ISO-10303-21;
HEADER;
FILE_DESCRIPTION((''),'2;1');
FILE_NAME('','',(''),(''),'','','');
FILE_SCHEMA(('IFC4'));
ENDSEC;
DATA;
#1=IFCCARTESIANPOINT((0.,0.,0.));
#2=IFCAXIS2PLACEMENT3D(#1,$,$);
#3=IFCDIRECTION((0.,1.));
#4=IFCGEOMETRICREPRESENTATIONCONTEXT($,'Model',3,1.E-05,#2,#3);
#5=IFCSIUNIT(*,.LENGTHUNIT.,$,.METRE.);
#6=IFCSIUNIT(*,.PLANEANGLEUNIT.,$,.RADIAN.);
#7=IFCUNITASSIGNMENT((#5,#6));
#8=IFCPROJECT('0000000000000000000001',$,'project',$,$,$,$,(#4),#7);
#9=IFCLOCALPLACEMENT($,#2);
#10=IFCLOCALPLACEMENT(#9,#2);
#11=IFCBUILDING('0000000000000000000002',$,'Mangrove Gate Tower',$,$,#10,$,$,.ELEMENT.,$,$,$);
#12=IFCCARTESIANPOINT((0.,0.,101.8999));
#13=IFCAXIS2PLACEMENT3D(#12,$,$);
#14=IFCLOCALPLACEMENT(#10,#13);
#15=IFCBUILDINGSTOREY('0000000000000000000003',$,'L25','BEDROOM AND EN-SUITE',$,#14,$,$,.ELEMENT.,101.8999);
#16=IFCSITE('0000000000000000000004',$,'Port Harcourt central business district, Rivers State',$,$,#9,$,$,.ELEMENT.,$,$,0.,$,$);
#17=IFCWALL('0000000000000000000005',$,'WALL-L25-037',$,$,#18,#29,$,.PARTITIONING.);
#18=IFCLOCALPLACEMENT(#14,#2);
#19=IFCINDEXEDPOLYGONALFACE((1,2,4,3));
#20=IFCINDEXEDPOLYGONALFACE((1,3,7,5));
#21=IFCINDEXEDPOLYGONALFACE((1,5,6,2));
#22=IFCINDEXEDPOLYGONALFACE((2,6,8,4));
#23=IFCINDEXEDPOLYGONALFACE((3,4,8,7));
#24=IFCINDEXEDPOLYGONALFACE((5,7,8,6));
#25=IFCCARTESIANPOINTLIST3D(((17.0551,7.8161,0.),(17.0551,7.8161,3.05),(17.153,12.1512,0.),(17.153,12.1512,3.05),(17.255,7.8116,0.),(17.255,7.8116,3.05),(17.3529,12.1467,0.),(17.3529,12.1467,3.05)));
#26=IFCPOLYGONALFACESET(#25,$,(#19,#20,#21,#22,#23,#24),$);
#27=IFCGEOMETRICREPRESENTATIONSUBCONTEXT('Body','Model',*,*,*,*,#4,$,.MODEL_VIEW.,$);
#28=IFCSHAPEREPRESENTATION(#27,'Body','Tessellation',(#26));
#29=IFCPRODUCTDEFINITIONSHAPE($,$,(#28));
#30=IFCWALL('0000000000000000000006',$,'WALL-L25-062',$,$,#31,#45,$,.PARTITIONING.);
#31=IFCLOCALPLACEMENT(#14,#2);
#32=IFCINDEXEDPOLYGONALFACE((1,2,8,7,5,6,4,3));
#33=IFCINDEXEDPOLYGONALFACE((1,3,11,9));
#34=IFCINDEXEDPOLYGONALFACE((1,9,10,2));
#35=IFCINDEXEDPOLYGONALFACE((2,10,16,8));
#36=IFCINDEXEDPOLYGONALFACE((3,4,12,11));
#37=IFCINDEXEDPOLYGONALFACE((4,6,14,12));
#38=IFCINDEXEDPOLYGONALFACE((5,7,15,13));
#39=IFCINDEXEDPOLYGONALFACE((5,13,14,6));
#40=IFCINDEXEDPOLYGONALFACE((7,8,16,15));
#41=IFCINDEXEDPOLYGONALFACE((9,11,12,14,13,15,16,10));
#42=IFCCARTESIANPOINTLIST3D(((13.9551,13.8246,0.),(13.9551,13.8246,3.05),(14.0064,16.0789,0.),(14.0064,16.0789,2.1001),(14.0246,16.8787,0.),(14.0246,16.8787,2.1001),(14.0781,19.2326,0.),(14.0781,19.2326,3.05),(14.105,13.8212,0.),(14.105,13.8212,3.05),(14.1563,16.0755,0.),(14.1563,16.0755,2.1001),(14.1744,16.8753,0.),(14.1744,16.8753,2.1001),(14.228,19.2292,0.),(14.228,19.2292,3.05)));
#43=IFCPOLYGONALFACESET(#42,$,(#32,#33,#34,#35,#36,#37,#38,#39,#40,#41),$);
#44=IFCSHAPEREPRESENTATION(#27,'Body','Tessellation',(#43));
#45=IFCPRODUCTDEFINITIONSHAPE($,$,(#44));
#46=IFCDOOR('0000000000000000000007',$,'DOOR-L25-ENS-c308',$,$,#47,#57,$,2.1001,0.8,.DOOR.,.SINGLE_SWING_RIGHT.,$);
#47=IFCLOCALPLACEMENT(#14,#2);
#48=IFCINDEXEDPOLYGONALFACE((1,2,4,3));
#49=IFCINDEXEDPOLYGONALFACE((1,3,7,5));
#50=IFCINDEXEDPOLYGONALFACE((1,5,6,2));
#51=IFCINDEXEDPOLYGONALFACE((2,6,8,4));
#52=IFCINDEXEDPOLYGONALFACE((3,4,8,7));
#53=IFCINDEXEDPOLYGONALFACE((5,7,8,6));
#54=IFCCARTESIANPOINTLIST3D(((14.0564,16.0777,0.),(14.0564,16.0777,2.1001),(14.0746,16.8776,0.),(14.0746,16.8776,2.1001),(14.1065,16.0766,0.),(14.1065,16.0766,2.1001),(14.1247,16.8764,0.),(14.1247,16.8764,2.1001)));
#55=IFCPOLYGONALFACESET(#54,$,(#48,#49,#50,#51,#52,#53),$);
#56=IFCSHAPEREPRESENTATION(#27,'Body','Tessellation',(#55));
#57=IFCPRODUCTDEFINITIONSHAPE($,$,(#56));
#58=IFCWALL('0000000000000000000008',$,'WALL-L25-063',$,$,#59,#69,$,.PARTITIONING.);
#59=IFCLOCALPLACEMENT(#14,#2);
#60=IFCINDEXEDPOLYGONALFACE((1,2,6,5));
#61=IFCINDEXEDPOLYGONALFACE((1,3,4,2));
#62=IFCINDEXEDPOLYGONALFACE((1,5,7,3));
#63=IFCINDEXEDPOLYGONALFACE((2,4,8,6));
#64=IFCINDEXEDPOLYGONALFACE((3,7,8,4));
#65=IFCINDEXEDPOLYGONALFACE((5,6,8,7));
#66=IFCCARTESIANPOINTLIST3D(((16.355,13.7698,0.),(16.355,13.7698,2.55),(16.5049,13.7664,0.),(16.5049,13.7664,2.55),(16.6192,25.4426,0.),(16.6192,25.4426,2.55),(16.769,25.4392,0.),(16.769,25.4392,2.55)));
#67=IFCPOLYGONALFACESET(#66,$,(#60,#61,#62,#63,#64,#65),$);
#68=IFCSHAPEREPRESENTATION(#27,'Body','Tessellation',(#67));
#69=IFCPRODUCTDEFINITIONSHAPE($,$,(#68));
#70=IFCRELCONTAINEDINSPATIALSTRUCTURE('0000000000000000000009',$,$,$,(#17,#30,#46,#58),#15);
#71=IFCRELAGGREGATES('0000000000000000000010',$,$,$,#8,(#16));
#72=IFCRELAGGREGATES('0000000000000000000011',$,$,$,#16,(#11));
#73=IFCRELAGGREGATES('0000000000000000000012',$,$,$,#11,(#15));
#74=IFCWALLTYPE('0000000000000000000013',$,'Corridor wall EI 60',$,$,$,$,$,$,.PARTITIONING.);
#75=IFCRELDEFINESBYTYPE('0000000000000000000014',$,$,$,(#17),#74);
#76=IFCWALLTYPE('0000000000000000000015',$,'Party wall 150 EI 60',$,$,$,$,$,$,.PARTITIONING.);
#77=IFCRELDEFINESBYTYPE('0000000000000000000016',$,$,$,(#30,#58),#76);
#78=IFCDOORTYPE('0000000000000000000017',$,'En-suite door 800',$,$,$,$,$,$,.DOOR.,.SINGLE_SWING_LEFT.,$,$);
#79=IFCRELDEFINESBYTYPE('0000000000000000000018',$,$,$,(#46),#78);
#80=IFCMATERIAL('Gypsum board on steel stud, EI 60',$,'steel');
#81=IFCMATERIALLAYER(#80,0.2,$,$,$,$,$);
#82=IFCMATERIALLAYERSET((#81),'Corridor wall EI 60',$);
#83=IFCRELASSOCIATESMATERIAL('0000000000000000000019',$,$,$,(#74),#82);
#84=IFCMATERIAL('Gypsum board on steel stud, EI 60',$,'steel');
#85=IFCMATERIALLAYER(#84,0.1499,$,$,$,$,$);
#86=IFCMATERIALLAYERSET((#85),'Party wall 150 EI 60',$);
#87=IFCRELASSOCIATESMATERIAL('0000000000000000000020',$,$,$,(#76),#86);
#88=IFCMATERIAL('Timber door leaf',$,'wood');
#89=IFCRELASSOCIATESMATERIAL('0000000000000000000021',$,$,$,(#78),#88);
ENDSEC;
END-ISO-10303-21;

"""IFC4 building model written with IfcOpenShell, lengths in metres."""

from ifc_helpers import new_model, si_unit, direction, frame, frame_2d, origin, place, context, subcontext, project, spatial, rectangle, extrude, material, layer, layer_set, type_object, element, fill, save


model = new_model("IFC4")

# Units and contexts
model_context = context("Model", 3, precision=1e-05, world=origin(), true_north=direction((0.0, 1.0)))
body_context = subcontext(model_context, "Body", "Model", "MODEL_VIEW")
ifc_project = project(units=[si_unit("LENGTHUNIT", "METRE"), si_unit("PLANEANGLEUNIT", "RADIAN")], contexts=[model_context])

# Site, building, storey
site_placement = place(None, origin())
site = spatial("IfcSite", under=ifc_project, at=site_placement, Name="Port Harcourt central business district, Rivers State", CompositionType="ELEMENT", RefElevation=0.0)
building_placement = place(site_placement, origin())
building = spatial("IfcBuilding", under=site, at=building_placement, Name="Mangrove Gate Tower", CompositionType="ELEMENT")
storey_placement = place(building_placement, frame((0.0, 0.0, 101.8999)))
storey = spatial("IfcBuildingStorey", under=building, at=storey_placement, Name="L25", Description="BEDROOM AND EN-SUITE", CompositionType="ELEMENT", Elevation=101.8999)

# Wall
ifc_material_1 = material(Name="Gypsum board on steel stud, EI 60", Category="steel")
ifc_layer_1 = layer(ifc_material_1, 0.2)
ifc_layer_set_1 = layer_set([ifc_layer_1], Name="Corridor wall EI 60")
wall_type_1 = type_object("IfcWallType", Name="Corridor wall EI 60", PredefinedType="PARTITIONING", material=ifc_layer_set_1)
wall_1_placement = place(storey_placement, frame((17.155, 7.814, 0.0), z_axis=(0.0, 0.0, 1.0), x_axis=(0.022578, 0.999745, 0.0)))
element("IfcWall", 1, at=wall_1_placement, inside=storey, type_object=wall_type_1, Name="WALL-L25-037", PredefinedType="PARTITIONING", context=body_context, shape_type="SweptSolid", body=[
    extrude(rectangle(XDim=4.3362, YDim=0.2, at=frame_2d((2.168, 0.0))), origin(), (0.0, 0.0, 1.0), 3.05),
])

# Wall, opening, door
ifc_material_2 = material(Name="Gypsum board on steel stud, EI 60", Category="steel")
ifc_layer_2 = layer(ifc_material_2, 0.1499)
ifc_layer_set_2 = layer_set([ifc_layer_2], Name="Party wall 150 EI 60")
wall_type_2 = type_object("IfcWallType", Name="Party wall 150 EI 60", PredefinedType="PARTITIONING", material=ifc_layer_set_2)
wall_2_placement = place(storey_placement, frame((14.03, 13.823, 0.0), z_axis=(0.0, 0.0, 1.0), x_axis=(0.022747, 0.999741, 0.0)))
wall_2 = element("IfcWall", 2, at=wall_2_placement, inside=storey, type_object=wall_type_2, Name="WALL-L25-062", PredefinedType="PARTITIONING", context=body_context, shape_type="SweptSolid", body=[
    extrude(rectangle(XDim=5.4094, YDim=0.1499, at=frame_2d((2.7046, 0.0))), origin(), (0.0, 0.0, 1.0), 3.05),
])
opening_placement = place(wall_2_placement, frame((2.2549, 0.0, 0.0)))
opening = element("IfcOpeningElement", 3, at=opening_placement, cuts=wall_2, PredefinedType="OPENING", context=body_context, shape_type="SweptSolid", body=[
    extrude(rectangle(XDim=0.8, YDim=2.1001, at=frame_2d((0.3999, 1.05))), frame((0.0, 0.085, 0.0), z_axis=(0.0, -1.0, 0.0), x_axis=(1.0, 0.0, 0.0)), (0.0, 0.0, 1.0), 0.1699),
])
ifc_material_3 = material(Name="Timber door leaf", Category="wood")
door_type = type_object("IfcDoorType", Name="En-suite door 800", OperationType="SINGLE_SWING_LEFT", PredefinedType="DOOR", material=ifc_material_3)
door_placement = place(opening_placement, origin())
door = element("IfcDoor", 4, at=door_placement, inside=storey, type_object=door_type, Name="DOOR-L25-ENS-c308", OperationType="SINGLE_SWING_RIGHT", OverallHeight=2.1001, OverallWidth=0.8, PredefinedType="DOOR", context=body_context, shape_type="SweptSolid", body=[
    extrude(rectangle(XDim=0.8, YDim=2.1001, at=frame_2d((0.3999, 1.05))), frame((0.0, 0.0249, 0.0), z_axis=(0.0, -1.0, 0.0), x_axis=(1.0, 0.0, 0.0)), (0.0, 0.0, 1.0), 0.05),
])
fill(opening, door)

# Wall
wall_3_placement = place(storey_placement, frame((16.4299, 13.7681, 0.0), z_axis=(0.0, 0.0, 1.0), x_axis=(0.022625, 0.999744, 0.0)))
element("IfcWall", 5, at=wall_3_placement, inside=storey, type_object=wall_type_2, Name="WALL-L25-063", PredefinedType="PARTITIONING", context=body_context, shape_type="SweptSolid", body=[
    extrude(rectangle(XDim=11.6758, YDim=0.1499, at=frame_2d((5.8379, 0.0))), origin(), (0.0, 0.0, 1.0), 2.55),
])

save(model, "model.ifc")
